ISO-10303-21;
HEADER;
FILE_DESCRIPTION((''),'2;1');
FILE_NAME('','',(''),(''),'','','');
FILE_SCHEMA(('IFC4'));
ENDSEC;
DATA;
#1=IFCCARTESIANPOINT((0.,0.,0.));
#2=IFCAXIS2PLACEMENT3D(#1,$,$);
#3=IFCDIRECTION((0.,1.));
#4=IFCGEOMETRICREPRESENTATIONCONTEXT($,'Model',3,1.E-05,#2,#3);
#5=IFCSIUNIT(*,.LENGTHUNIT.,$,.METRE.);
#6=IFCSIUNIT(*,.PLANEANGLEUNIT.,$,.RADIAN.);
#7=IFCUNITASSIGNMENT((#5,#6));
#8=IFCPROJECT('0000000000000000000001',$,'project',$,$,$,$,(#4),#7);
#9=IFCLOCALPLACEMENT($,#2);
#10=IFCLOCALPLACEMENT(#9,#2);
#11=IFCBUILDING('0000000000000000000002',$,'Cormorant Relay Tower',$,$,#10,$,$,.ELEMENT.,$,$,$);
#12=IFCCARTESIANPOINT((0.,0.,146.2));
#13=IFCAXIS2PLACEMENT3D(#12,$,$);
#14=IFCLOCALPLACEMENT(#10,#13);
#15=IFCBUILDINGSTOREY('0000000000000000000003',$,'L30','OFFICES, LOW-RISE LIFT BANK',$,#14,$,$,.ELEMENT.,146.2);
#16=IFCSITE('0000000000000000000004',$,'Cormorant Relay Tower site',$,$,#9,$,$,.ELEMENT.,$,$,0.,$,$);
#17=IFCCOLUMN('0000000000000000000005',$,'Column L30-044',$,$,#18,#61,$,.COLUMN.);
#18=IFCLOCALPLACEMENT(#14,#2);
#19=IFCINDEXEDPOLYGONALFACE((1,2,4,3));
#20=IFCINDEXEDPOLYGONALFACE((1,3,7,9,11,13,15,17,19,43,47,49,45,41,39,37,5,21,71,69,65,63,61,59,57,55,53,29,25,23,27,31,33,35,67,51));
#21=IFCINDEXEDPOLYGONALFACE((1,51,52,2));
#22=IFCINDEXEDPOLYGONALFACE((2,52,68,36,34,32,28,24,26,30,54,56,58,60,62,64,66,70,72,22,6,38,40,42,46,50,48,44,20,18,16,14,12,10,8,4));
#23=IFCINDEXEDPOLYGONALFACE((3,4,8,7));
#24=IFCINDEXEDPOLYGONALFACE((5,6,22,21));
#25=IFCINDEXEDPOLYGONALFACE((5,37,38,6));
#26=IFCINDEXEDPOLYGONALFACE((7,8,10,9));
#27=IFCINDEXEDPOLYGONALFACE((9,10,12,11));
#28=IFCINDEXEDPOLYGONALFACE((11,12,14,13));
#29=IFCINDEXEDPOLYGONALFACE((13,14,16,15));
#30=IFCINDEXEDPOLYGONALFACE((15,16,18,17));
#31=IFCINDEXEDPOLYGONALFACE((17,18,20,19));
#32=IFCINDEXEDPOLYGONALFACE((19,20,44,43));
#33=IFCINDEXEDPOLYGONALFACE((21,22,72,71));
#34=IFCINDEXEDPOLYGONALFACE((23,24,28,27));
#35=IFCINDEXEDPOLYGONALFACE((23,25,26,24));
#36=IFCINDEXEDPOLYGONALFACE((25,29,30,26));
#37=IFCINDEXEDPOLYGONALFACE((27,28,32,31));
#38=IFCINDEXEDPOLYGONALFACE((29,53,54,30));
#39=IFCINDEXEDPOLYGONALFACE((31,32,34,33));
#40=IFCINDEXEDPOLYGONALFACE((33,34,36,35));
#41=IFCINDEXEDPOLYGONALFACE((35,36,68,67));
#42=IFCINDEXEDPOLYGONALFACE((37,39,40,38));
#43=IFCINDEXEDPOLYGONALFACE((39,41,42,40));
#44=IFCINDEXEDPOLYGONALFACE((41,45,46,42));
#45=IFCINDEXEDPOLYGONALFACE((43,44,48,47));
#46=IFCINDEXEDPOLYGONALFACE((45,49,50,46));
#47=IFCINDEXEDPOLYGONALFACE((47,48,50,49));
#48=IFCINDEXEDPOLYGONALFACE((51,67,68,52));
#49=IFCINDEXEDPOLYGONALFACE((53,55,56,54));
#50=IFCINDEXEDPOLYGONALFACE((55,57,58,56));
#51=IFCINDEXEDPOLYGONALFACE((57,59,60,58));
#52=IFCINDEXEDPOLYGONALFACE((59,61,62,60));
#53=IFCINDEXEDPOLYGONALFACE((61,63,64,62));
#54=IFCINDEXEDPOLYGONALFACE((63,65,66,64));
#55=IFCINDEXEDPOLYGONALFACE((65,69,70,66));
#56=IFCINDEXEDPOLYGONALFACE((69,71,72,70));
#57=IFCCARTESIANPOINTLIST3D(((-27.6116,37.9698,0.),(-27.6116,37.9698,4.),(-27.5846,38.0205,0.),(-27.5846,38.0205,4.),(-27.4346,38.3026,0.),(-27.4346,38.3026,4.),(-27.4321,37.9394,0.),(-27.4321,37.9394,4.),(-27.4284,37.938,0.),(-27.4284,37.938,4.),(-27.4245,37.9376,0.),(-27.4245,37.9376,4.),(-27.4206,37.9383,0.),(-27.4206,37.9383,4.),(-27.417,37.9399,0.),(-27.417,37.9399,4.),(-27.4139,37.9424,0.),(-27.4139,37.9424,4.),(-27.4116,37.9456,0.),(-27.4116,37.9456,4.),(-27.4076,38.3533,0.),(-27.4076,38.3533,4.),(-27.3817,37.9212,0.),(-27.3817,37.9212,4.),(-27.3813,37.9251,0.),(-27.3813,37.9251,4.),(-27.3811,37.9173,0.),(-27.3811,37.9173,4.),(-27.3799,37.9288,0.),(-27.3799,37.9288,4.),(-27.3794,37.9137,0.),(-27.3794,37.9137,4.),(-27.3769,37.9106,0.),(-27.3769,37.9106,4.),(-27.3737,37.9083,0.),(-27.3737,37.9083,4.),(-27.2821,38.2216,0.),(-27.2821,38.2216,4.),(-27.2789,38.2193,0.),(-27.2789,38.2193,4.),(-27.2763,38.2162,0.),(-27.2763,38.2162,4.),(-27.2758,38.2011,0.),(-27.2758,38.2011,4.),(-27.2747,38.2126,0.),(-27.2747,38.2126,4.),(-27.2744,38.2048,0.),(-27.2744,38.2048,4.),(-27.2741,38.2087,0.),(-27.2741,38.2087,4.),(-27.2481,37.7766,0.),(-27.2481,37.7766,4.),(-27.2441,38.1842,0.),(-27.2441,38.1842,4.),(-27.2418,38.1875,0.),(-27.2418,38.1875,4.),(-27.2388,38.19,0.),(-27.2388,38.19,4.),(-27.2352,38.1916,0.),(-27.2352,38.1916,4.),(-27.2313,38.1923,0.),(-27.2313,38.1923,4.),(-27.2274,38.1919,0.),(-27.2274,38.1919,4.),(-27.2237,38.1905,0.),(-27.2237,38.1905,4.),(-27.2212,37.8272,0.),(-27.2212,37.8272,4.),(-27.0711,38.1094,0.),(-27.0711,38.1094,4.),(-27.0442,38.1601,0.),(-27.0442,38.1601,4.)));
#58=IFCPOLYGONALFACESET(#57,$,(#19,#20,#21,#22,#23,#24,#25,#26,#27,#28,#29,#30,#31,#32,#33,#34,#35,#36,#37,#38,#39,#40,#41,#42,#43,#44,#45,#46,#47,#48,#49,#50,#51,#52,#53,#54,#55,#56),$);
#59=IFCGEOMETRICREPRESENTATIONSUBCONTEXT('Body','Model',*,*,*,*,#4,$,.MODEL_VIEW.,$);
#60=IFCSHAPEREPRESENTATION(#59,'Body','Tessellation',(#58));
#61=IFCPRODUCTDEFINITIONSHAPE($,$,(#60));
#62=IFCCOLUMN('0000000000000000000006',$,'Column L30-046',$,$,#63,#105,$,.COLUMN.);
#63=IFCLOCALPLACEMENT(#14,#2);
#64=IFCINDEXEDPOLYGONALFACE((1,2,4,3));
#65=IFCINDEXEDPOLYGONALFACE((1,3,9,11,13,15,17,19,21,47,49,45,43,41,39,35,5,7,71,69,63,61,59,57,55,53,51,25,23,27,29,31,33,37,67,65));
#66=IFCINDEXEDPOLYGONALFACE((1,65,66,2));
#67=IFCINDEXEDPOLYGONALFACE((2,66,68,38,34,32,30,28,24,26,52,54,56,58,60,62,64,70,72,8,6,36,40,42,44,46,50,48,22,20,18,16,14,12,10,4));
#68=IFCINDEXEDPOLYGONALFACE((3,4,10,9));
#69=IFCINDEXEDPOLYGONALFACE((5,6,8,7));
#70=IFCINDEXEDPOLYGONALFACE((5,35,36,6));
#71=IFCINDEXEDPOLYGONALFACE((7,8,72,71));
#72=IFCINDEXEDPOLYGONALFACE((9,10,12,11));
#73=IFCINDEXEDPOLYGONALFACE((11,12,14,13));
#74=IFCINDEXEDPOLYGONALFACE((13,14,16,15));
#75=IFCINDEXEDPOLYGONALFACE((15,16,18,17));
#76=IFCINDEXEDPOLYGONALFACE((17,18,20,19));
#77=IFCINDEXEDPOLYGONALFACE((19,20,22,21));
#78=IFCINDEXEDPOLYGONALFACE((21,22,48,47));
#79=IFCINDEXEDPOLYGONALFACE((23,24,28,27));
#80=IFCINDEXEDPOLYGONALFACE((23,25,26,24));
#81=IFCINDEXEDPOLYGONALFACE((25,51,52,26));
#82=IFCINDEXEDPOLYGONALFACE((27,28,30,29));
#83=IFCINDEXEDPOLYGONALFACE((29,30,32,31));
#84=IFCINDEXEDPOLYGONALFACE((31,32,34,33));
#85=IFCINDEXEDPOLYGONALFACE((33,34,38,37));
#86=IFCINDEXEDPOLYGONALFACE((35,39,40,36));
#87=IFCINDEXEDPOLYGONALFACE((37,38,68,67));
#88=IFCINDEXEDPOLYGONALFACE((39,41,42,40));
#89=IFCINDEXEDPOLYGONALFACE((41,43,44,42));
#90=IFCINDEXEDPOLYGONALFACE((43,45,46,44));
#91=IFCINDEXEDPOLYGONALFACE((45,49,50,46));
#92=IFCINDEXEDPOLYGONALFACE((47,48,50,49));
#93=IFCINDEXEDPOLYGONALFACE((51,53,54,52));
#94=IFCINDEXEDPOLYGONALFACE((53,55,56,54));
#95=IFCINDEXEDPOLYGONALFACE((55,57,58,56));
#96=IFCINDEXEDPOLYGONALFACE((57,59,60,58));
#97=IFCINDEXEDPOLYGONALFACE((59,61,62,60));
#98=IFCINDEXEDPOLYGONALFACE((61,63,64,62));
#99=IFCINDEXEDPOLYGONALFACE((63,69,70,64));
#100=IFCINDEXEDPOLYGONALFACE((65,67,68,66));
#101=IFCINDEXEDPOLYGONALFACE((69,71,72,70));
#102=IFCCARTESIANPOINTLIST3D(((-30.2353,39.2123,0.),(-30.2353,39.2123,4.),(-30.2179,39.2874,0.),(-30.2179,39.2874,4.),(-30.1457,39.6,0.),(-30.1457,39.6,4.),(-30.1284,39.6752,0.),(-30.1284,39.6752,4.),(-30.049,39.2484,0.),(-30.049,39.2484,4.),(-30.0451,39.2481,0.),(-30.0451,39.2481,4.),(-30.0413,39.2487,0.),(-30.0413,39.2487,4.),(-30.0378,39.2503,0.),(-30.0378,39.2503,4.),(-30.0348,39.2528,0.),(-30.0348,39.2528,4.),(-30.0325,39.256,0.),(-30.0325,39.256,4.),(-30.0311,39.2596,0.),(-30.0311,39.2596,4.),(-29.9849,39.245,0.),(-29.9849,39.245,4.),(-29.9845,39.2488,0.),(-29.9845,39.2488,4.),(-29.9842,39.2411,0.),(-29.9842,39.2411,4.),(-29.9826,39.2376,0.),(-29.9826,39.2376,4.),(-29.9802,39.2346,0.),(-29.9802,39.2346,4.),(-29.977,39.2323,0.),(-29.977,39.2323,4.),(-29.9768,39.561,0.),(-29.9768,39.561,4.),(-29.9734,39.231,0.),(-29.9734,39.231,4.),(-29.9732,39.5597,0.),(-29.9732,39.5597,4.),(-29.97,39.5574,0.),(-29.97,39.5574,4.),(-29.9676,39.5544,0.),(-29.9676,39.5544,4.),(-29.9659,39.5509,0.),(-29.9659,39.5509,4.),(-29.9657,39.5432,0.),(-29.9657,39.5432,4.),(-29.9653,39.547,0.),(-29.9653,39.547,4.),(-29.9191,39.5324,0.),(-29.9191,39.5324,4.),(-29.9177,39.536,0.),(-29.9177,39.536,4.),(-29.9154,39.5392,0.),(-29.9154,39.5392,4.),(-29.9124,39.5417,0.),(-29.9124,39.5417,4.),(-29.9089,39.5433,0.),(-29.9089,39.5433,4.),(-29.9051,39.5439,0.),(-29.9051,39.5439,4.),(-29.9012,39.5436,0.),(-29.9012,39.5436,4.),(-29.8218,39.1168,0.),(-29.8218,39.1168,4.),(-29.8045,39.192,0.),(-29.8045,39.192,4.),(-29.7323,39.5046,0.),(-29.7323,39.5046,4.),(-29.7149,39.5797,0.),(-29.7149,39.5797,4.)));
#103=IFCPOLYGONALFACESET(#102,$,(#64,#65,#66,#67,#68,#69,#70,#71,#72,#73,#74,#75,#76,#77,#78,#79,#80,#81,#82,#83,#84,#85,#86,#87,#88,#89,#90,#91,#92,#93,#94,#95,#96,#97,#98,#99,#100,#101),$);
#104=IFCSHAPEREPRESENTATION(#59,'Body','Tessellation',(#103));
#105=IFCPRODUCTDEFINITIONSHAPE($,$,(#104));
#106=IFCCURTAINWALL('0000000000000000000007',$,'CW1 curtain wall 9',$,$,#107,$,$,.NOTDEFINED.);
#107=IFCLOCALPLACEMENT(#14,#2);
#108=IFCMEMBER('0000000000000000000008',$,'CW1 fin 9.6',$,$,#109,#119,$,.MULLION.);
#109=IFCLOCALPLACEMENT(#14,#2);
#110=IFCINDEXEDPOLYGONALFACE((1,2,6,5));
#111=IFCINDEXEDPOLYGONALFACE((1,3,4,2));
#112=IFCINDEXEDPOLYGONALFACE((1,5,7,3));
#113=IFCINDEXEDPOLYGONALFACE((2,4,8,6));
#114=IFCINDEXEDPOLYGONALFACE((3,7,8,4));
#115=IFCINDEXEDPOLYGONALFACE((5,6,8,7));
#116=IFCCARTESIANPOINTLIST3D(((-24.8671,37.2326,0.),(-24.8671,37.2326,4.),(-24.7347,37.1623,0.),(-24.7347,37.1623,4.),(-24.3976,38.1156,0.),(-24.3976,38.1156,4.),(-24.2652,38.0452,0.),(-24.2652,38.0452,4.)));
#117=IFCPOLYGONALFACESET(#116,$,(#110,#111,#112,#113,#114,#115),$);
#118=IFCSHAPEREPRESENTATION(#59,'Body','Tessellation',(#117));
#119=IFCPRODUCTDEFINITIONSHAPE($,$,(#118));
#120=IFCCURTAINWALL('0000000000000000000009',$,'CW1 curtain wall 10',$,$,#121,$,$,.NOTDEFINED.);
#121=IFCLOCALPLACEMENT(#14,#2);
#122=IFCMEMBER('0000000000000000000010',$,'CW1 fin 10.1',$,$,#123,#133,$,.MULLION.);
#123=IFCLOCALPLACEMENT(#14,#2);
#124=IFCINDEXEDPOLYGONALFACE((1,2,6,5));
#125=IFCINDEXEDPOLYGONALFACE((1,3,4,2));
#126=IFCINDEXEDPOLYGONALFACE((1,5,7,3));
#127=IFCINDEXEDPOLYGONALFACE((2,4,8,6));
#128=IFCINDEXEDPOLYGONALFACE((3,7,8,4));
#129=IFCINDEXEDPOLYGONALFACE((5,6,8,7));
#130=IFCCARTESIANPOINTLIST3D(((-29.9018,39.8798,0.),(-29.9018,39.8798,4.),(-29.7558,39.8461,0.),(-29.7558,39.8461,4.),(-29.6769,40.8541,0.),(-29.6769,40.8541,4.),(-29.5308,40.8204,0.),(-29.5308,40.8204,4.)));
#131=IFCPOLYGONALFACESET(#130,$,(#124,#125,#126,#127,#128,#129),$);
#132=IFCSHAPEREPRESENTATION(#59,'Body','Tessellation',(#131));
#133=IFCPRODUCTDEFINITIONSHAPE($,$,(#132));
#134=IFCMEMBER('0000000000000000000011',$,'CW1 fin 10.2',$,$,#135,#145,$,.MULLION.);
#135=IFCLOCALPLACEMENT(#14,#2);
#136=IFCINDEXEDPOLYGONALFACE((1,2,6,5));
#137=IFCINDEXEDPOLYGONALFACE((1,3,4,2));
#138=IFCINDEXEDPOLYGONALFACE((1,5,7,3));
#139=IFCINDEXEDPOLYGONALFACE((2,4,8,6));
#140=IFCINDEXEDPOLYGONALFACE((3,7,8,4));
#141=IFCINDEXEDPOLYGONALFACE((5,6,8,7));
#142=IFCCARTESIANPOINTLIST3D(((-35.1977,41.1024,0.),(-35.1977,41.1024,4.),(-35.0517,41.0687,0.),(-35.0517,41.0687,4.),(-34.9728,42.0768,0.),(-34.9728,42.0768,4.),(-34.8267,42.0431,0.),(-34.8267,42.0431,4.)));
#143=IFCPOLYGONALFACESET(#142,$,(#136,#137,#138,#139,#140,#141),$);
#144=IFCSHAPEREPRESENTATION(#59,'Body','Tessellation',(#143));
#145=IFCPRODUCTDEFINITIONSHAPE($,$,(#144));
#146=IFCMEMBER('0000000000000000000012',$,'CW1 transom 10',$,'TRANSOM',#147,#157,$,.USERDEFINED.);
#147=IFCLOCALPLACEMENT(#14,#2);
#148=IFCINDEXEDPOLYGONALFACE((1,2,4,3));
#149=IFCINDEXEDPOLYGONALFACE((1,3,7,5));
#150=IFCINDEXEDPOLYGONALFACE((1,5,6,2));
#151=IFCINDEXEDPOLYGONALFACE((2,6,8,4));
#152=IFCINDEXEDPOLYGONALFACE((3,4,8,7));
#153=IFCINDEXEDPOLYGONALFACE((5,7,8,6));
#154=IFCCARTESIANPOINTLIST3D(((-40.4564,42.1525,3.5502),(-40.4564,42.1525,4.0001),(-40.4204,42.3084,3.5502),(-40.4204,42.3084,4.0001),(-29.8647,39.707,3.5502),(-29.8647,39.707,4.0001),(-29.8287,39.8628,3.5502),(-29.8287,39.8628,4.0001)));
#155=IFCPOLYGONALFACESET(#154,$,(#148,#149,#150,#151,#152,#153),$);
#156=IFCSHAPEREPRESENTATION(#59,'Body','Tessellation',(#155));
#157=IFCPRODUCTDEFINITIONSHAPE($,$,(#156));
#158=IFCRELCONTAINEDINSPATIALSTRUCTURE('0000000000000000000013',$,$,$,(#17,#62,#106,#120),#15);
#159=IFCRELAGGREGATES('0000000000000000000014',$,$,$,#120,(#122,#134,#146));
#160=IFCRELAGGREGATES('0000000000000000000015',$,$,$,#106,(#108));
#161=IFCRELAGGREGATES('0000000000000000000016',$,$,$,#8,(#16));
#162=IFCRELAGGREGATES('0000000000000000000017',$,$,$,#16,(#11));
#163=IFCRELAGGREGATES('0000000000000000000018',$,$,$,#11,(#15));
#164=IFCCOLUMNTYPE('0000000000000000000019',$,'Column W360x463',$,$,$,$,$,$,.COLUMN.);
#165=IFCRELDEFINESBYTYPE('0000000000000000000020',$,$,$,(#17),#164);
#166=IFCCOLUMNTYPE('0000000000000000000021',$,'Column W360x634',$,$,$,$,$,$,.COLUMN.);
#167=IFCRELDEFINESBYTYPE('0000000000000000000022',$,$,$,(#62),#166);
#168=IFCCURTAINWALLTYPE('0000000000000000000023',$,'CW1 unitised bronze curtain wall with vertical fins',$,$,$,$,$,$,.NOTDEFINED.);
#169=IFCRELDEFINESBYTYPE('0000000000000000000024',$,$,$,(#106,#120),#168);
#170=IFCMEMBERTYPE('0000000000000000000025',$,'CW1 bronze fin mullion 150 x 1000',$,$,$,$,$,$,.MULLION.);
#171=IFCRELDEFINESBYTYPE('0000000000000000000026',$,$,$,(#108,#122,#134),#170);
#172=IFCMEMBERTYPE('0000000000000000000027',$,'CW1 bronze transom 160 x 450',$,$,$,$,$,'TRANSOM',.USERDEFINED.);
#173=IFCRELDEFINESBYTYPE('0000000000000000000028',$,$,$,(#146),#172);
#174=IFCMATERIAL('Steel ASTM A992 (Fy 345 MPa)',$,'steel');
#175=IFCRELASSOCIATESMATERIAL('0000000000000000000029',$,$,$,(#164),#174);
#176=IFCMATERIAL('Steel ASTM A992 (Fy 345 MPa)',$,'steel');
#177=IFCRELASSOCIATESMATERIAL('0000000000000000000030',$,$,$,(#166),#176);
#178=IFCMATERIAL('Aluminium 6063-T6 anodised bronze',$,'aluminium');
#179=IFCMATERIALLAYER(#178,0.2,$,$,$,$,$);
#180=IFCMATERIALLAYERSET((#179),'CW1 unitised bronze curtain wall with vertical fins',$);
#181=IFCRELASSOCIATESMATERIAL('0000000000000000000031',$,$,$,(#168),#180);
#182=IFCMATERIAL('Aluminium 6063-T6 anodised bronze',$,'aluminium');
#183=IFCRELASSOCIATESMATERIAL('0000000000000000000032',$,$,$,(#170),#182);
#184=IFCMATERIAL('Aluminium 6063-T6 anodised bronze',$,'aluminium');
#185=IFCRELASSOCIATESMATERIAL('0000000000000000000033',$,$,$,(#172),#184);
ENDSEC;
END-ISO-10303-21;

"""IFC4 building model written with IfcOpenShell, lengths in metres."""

from ifc_helpers import new_model, si_unit, direction, frame, origin, origin_2d, place, context, subcontext, project, spatial, rectangle, i_section, extrude, material, layer, layer_set, material_profile, profile_set, type_object, element, aggregate, save


model = new_model("IFC4")

# Units and contexts
model_context = context("Model", 3, precision=1e-05, world=origin(), true_north=direction((0.0, 1.0)))
body_context = subcontext(model_context, "Body", "Model", "MODEL_VIEW")
ifc_project = project(units=[si_unit("LENGTHUNIT", "METRE"), si_unit("PLANEANGLEUNIT", "RADIAN")], contexts=[model_context])

# Site, building, storey
site_placement = place(None, origin())
site = spatial("IfcSite", under=ifc_project, at=site_placement, Name="Cormorant Relay Tower site", CompositionType="ELEMENT", RefElevation=0.0)
building_placement = place(site_placement, origin())
building = spatial("IfcBuilding", under=site, at=building_placement, Name="Cormorant Relay Tower", CompositionType="ELEMENT")
storey_placement = place(building_placement, frame((0.0, 0.0, 146.2)))
storey = spatial("IfcBuildingStorey", under=building, at=storey_placement, Name="L30", Description="OFFICES, LOW-RISE LIFT BANK", CompositionType="ELEMENT", Elevation=146.2)

# Columns
ifc_material_1 = material(Name="Steel ASTM A992 (Fy 345 MPa)", Category="steel")
ifc_material_profile_1 = material_profile(ifc_material_1, i_section(OverallWidth=0.4116, OverallDepth=0.4343, WebThickness=0.0359, FlangeThickness=0.0574, FilletRadius=0.0151, at=origin_2d()), Name="W360x463")
ifc_profile_set_1 = profile_set([ifc_material_profile_1], Name="Steel ASTM A992 (Fy 345 MPa)")
column_type_1 = type_object("IfcColumnType", Name="Column W360x463", PredefinedType="COLUMN", material=ifc_profile_set_1)
column_1_placement = place(storey_placement, frame((-27.3279, 38.0649, 0.0), z_axis=(0.0, 0.0, 1.0), x_axis=(-0.882948, 0.469472, 0.0)))
element("IfcColumn", 1, at=column_1_placement, inside=storey, type_object=column_type_1, Name="Column L30-044", PredefinedType="COLUMN", context=body_context, shape_type="SweptSolid", body=[
    extrude(i_section(OverallWidth=0.4116, OverallDepth=0.4343, WebThickness=0.0359, FlangeThickness=0.0574, FilletRadius=0.0151, at=origin_2d()), origin(), (0.0, 0.0, 1.0), 4.0),
])
ifc_material_2 = material(Name="Steel ASTM A992 (Fy 345 MPa)", Category="steel")
ifc_material_profile_2 = material_profile(ifc_material_2, i_section(OverallWidth=0.4243, OverallDepth=0.4751, WebThickness=0.0479, FlangeThickness=0.0771, FilletRadius=0.0149, at=origin_2d()), Name="W360x634")
ifc_profile_set_2 = profile_set([ifc_material_profile_2], Name="Steel ASTM A992 (Fy 345 MPa)")
column_type_2 = type_object("IfcColumnType", Name="Column W360x634", PredefinedType="COLUMN", material=ifc_profile_set_2)
column_2_placement = place(storey_placement, frame((-29.9751, 39.396, 0.0), z_axis=(0.0, 0.0, 1.0), x_axis=(-0.97437, 0.224951, 0.0)))
element("IfcColumn", 2, at=column_2_placement, inside=storey, type_object=column_type_2, Name="Column L30-046", PredefinedType="COLUMN", context=body_context, shape_type="SweptSolid", body=[
    extrude(i_section(OverallWidth=0.4243, OverallDepth=0.4751, WebThickness=0.0479, FlangeThickness=0.0771, FilletRadius=0.0149, at=origin_2d()), origin(), (0.0, 0.0, 1.0), 4.0),
])

# Curtain wall, member
ifc_material_3 = material(Name="Aluminium 6063-T6 anodised bronze", Category="aluminium")
ifc_layer_1 = layer(ifc_material_3, 0.2)
ifc_layer_set_1 = layer_set([ifc_layer_1], Name="CW1 unitised bronze curtain wall with vertical fins")
curtain_wall_type = type_object("IfcCurtainWallType", Name="CW1 unitised bronze curtain wall with vertical fins", PredefinedType="NOTDEFINED", material=ifc_layer_set_1)
curtain_wall_1_placement = place(storey_placement, origin())
curtain_wall_1 = element("IfcCurtainWall", 3, at=curtain_wall_1_placement, inside=storey, type_object=curtain_wall_type, Name="CW1 curtain wall 9", PredefinedType="NOTDEFINED")
ifc_material_4 = material(Name="Aluminium 6063-T6 anodised bronze", Category="aluminium")
ifc_material_profile_3 = material_profile(ifc_material_4, rectangle(XDim=0.1499, YDim=1.0, at=origin_2d()), Name="AL 150x1000")
ifc_profile_set_3 = profile_set([ifc_material_profile_3], Name="Aluminium 6063-T6 anodised bronze")
member_type_1 = type_object("IfcMemberType", Name="CW1 bronze fin mullion 150 x 1000", PredefinedType="MULLION", material=ifc_profile_set_3)
member_1_placement = place(storey_placement, frame((-24.5662, 37.6389, 0.0), z_axis=(0.0, 0.0, 1.0), x_axis=(-0.882948, 0.469472, 0.0)))
member_1 = element("IfcMember", 4, at=member_1_placement, type_object=member_type_1, Name="CW1 fin 9.6", PredefinedType="MULLION", context=body_context, shape_type="SweptSolid", body=[
    extrude(rectangle(XDim=0.1499, YDim=1.0, at=origin_2d()), origin(), (0.0, 0.0, 1.0), 4.0),
])

# Curtain wall, members
curtain_wall_2_placement = place(storey_placement, origin())
curtain_wall_2 = element("IfcCurtainWall", 5, at=curtain_wall_2_placement, inside=storey, type_object=curtain_wall_type, Name="CW1 curtain wall 10", PredefinedType="NOTDEFINED")
member_2_placement = place(storey_placement, frame((-29.7163, 40.3501, 0.0), z_axis=(0.0, 0.0, 1.0), x_axis=(-0.97437, 0.224951, 0.0)))
member_2 = element("IfcMember", 6, at=member_2_placement, type_object=member_type_1, Name="CW1 fin 10.1", PredefinedType="MULLION", context=body_context, shape_type="SweptSolid", body=[
    extrude(rectangle(XDim=0.1499, YDim=1.0, at=origin_2d()), origin(), (0.0, 0.0, 1.0), 4.0),
])
member_3_placement = place(storey_placement, frame((-35.0122, 41.5728, 0.0), z_axis=(0.0, 0.0, 1.0), x_axis=(-0.97437, 0.224951, 0.0)))
member_3 = element("IfcMember", 7, at=member_3_placement, type_object=member_type_1, Name="CW1 fin 10.2", PredefinedType="MULLION", context=body_context, shape_type="SweptSolid", body=[
    extrude(rectangle(XDim=0.1499, YDim=1.0, at=origin_2d()), origin(), (0.0, 0.0, 1.0), 4.0),
])
ifc_material_5 = material(Name="Aluminium 6063-T6 anodised bronze", Category="aluminium")
ifc_material_profile_4 = material_profile(ifc_material_5, rectangle(XDim=0.1599, YDim=0.45, at=origin_2d()), Name="AL 160x450")
ifc_profile_set_4 = profile_set([ifc_material_profile_4], Name="Aluminium 6063-T6 anodised bronze")
member_type_2 = type_object("IfcMemberType", Name="CW1 bronze transom 160 x 450", ElementType="TRANSOM", PredefinedType="USERDEFINED", material=ifc_profile_set_4)
member_4_placement = place(storey_placement, frame((-29.8467, 39.7849, 3.7751), z_axis=(-0.974365, 0.224973, 0.0), x_axis=(-0.224973, -0.974365, 0.0)))
member_4 = element("IfcMember", 8, at=member_4_placement, type_object=member_type_2, Name="CW1 transom 10", ObjectType="TRANSOM", PredefinedType="USERDEFINED", context=body_context, shape_type="SweptSolid", body=[
    extrude(rectangle(XDim=0.1599, YDim=0.45, at=origin_2d()), origin(), (0.0, 0.0, 1.0), 10.8704),
])

aggregate(curtain_wall_2, [member_2, member_3, member_4])

aggregate(curtain_wall_1, [member_1])

save(model, "model.ifc")
